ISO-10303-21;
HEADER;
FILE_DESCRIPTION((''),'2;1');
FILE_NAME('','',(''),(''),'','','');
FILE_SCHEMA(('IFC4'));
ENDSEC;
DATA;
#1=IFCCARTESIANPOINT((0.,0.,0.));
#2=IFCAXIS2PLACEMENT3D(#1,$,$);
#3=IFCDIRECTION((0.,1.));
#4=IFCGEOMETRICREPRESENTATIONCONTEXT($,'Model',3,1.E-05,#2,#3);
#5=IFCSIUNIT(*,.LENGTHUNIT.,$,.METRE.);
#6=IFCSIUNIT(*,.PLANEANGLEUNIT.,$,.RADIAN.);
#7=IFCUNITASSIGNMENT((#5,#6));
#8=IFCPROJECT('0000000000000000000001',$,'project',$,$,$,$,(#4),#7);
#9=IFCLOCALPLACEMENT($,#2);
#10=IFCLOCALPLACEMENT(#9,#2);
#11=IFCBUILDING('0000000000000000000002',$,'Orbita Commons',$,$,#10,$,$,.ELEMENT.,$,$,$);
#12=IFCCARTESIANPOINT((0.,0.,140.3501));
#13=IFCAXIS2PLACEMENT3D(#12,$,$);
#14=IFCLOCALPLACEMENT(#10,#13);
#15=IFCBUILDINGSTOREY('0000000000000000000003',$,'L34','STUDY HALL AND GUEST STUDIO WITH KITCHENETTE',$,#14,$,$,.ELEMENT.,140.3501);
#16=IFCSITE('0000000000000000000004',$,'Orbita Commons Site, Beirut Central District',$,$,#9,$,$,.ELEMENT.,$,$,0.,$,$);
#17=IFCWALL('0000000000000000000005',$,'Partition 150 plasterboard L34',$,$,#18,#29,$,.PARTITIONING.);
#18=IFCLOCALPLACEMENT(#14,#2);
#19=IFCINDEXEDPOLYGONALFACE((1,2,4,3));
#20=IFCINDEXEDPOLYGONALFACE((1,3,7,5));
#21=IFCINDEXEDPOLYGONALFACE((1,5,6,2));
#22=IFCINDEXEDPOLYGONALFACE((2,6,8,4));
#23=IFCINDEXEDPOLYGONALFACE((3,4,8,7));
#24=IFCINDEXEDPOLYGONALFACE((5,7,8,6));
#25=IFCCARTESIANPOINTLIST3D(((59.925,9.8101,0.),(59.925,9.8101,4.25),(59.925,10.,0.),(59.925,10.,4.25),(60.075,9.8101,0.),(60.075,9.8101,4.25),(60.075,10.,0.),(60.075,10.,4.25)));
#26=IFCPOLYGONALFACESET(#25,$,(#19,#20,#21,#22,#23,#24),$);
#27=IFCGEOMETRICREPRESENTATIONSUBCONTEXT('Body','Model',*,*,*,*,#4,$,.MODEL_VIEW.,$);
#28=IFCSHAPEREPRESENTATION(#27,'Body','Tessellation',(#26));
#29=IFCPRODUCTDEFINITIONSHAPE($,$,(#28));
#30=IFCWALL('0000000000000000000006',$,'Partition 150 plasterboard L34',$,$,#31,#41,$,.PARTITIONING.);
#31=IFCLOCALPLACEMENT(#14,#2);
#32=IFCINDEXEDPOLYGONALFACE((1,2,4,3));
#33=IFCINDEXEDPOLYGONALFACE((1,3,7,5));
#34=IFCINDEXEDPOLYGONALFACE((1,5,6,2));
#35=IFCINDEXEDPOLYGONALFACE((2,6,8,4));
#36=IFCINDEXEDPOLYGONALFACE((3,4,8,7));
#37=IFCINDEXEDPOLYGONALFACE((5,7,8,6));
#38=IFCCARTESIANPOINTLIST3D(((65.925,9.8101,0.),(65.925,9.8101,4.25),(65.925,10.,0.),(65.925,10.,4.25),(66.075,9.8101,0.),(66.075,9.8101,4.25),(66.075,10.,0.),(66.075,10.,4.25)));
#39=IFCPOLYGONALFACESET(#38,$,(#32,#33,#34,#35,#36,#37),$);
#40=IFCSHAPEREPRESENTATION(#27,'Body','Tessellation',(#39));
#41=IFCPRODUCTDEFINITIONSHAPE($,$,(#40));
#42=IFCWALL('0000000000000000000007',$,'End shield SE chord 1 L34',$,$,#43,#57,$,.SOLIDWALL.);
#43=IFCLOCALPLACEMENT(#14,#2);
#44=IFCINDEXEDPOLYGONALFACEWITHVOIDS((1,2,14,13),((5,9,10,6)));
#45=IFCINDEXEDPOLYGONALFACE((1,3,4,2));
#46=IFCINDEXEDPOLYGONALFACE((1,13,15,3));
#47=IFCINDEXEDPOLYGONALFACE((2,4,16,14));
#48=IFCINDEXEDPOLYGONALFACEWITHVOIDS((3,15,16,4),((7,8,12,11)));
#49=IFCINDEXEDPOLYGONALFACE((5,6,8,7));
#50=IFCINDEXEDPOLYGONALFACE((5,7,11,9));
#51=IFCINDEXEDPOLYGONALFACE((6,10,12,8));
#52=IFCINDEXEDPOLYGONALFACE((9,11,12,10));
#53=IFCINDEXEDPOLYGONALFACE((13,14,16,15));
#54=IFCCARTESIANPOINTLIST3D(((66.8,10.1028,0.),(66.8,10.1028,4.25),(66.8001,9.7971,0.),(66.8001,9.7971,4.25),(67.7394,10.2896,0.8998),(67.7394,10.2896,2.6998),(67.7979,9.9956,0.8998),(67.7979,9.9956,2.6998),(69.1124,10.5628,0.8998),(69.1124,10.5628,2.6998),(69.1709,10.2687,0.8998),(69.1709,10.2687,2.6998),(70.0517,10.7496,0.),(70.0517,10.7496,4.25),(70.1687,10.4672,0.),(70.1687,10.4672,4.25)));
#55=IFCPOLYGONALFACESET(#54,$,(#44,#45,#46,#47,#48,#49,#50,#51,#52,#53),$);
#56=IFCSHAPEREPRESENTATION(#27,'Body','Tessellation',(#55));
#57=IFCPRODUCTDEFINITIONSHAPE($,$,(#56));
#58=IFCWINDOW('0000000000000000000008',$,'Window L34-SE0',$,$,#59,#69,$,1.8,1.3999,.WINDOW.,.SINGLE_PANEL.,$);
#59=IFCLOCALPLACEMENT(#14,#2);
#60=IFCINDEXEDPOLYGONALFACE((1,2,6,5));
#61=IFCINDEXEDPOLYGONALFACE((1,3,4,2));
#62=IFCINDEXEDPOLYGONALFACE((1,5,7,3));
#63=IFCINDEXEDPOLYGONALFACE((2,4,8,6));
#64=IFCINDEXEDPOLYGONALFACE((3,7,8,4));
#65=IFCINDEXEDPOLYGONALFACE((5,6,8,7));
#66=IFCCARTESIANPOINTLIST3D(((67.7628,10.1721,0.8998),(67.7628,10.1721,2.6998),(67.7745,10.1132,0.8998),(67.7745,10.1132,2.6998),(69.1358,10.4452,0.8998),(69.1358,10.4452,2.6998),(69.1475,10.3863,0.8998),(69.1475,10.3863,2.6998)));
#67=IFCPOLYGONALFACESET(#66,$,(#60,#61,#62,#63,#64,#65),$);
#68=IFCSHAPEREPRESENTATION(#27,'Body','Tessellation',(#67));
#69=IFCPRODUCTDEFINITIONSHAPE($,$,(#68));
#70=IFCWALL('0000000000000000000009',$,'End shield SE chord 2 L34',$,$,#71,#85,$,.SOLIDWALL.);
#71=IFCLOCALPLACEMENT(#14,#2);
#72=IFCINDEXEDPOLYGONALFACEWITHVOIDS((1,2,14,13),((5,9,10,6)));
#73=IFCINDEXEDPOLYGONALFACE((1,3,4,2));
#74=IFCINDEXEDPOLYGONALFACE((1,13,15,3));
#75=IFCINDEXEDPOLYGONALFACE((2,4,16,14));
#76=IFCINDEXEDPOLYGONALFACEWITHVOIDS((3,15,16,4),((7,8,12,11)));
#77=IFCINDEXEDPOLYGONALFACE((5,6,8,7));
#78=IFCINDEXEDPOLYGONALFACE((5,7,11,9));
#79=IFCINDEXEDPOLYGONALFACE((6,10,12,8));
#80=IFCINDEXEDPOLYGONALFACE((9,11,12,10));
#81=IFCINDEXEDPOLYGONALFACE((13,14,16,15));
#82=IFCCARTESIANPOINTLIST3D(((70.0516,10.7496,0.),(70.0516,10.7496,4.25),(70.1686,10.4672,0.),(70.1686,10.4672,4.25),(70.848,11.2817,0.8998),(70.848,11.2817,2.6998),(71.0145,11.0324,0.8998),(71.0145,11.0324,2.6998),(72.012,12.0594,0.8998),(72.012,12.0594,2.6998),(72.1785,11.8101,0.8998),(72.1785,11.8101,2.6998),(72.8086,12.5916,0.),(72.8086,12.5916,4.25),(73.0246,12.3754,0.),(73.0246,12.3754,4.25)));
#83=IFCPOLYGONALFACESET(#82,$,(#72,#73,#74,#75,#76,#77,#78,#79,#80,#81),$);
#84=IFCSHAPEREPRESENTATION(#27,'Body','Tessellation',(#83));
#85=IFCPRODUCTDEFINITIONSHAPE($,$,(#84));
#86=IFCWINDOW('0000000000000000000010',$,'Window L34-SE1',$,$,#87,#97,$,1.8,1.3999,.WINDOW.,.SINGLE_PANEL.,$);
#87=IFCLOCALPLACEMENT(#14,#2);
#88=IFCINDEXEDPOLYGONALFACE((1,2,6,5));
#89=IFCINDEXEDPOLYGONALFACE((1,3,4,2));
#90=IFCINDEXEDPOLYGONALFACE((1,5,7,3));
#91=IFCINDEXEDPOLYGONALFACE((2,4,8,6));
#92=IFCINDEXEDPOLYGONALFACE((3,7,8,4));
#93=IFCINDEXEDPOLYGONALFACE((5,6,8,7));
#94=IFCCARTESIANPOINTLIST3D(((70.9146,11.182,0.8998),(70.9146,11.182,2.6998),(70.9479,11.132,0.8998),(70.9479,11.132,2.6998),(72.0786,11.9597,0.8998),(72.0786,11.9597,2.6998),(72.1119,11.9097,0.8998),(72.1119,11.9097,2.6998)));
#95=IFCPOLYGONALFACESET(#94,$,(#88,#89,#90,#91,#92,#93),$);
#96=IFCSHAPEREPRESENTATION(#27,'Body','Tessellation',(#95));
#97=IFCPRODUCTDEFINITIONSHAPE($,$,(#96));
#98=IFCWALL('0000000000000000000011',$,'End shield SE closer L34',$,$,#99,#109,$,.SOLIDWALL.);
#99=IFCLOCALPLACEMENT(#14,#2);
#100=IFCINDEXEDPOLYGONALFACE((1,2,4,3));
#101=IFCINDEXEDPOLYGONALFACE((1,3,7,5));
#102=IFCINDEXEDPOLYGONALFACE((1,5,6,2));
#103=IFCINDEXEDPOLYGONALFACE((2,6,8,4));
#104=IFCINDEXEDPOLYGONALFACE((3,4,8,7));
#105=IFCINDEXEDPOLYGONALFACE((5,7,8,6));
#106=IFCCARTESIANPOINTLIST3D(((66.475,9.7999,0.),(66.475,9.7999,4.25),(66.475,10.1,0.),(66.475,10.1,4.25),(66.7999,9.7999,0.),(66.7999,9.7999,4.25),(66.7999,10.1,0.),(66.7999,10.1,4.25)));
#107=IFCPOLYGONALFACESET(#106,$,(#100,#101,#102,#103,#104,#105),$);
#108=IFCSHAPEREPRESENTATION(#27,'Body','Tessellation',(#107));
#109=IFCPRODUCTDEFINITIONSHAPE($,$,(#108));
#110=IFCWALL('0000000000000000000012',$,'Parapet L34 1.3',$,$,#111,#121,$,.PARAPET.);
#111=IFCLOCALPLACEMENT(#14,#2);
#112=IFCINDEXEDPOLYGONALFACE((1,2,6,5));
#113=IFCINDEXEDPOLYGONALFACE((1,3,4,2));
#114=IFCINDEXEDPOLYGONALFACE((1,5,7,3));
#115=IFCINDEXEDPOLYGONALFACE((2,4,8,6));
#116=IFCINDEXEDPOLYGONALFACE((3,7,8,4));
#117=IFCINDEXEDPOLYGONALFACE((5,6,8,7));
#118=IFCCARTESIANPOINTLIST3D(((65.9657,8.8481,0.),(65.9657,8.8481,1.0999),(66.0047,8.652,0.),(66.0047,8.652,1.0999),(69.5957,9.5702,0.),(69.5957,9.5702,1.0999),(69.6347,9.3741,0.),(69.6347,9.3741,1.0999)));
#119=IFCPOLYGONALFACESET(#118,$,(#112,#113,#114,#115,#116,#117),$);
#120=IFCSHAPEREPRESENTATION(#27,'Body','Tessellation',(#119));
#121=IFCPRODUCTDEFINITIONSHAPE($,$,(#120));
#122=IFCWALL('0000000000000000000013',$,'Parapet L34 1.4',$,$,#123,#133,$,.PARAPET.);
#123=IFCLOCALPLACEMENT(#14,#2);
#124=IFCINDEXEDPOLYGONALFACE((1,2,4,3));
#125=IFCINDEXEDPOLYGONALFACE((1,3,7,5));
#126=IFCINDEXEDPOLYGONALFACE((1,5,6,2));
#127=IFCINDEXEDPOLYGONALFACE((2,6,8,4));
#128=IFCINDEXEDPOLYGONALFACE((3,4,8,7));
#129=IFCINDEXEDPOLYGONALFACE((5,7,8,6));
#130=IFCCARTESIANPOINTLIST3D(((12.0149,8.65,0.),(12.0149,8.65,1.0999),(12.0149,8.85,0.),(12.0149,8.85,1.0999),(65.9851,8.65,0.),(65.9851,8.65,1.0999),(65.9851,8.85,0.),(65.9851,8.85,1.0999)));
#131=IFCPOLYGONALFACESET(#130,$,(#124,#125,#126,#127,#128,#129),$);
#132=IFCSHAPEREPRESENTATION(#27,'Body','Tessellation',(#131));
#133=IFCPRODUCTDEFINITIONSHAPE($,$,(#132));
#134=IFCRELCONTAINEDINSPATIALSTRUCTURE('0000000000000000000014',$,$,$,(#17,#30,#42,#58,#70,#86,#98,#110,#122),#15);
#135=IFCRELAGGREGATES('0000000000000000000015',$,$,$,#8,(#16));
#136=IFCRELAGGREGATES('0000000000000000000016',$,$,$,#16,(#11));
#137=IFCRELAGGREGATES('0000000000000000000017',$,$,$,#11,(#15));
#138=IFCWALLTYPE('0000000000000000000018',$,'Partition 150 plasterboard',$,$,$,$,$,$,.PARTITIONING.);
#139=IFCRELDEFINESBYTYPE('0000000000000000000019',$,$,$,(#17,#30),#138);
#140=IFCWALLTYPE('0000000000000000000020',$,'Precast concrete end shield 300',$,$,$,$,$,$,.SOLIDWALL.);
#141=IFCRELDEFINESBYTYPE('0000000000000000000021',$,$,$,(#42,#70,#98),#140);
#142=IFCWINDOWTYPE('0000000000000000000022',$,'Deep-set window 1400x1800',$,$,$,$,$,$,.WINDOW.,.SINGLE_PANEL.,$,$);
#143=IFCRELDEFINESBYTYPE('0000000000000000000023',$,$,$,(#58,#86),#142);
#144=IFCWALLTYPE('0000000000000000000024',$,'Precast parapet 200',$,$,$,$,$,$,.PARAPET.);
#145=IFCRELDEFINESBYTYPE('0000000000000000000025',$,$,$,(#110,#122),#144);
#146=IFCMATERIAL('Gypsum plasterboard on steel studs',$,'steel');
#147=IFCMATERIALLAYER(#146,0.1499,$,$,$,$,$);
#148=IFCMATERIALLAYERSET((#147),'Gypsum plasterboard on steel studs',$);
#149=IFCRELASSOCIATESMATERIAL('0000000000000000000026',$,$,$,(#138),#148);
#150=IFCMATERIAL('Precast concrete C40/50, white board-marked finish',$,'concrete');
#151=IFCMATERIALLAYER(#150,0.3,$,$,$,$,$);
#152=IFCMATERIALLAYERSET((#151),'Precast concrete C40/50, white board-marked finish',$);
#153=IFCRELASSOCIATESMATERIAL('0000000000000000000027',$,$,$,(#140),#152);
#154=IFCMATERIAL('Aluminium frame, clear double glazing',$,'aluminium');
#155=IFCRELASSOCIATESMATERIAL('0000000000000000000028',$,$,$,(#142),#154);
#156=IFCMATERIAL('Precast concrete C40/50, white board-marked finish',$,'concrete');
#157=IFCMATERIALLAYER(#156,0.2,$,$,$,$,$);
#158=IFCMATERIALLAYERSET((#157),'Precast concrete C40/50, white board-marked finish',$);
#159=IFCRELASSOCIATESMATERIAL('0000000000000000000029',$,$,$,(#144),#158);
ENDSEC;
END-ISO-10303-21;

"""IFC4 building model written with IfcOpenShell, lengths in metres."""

from ifc_helpers import new_model, si_unit, direction, frame, frame_2d, origin, place, context, subcontext, project, spatial, polyline, rectangle, outline, extrude, material, layer, layer_set, type_object, element, fill, save


model = new_model("IFC4")

# Units and contexts
model_context = context("Model", 3, precision=1e-05, world=origin(), true_north=direction((0.0, 1.0)))
body_context = subcontext(model_context, "Body", "Model", "MODEL_VIEW")
ifc_project = project(units=[si_unit("LENGTHUNIT", "METRE"), si_unit("PLANEANGLEUNIT", "RADIAN")], contexts=[model_context])

# Site, building, storey
site_placement = place(None, origin())
site = spatial("IfcSite", under=ifc_project, at=site_placement, Name="Orbita Commons Site, Beirut Central District", CompositionType="ELEMENT", RefElevation=0.0)
building_placement = place(site_placement, origin())
building = spatial("IfcBuilding", under=site, at=building_placement, Name="Orbita Commons", CompositionType="ELEMENT")
storey_placement = place(building_placement, frame((0.0, 0.0, 140.3501)))
storey = spatial("IfcBuildingStorey", under=building, at=storey_placement, Name="L34", Description="STUDY HALL AND GUEST STUDIO WITH KITCHENETTE", CompositionType="ELEMENT", Elevation=140.3501)

# Walls
ifc_material_1 = material(Name="Gypsum plasterboard on steel studs", Category="steel")
ifc_layer_1 = layer(ifc_material_1, 0.1499)
ifc_layer_set_1 = layer_set([ifc_layer_1], Name="Gypsum plasterboard on steel studs")
wall_type_1 = type_object("IfcWallType", Name="Partition 150 plasterboard", PredefinedType="PARTITIONING", material=ifc_layer_set_1)
for number, where, z_axis, x_axis, name in (
    (1, (60.0, 10.0, 0.0), (0.0, 0.0, 1.0), (0.0, -1.0, 0.0), "Partition 150 plasterboard L34"),
    (2, (66.0, 10.0, 0.0), (0.0, 0.0, 1.0), (0.0, -1.0, 0.0), "Partition 150 plasterboard L34"),
):
    element("IfcWall", number, at=place(storey_placement, frame(where, z_axis=z_axis, x_axis=x_axis)), inside=storey, type_object=wall_type_1, Name=name, PredefinedType="PARTITIONING", context=body_context, shape_type="SweptSolid", body=[
        extrude(rectangle(XDim=0.1899, YDim=0.1499, at=frame_2d((0.095, 0.0))), origin(), (0.0, 0.0, 1.0), 4.25),
    ])

# Walls, openings, windows
ifc_material_2 = material(Name="Precast concrete C40/50, white board-marked finish", Category="concrete")
ifc_layer_2 = layer(ifc_material_2, 0.3)
ifc_layer_set_2 = layer_set([ifc_layer_2], Name="Precast concrete C40/50, white board-marked finish")
wall_type_2 = type_object("IfcWallType", Name="Precast concrete end shield 300", PredefinedType="SOLIDWALL", material=ifc_layer_set_2)
wall_1_placement = place(storey_placement, frame((66.8, 9.95, 0.0), z_axis=(0.0, 0.0, 1.0), x_axis=(0.980783, 0.1951, 0.0)))
wall_1 = element("IfcWall", 3, at=wall_1_placement, inside=storey, type_object=wall_type_2, Name="End shield SE chord 1 L34", PredefinedType="SOLIDWALL", context=body_context, shape_type="SweptSolid", body=[
    extrude(outline(polyline([(-0.0298, -0.1499), (3.4048, -0.1499), (3.3452, 0.1499), (0.0298, 0.1499), (-0.0298, -0.1499)])), origin(), (0.0, 0.0, 1.0), 4.25),
])
opening_1_placement = place(wall_1_placement, frame((0.9875, 0.0, 0.8999)))
opening_1 = element("IfcOpeningElement", 4, at=opening_1_placement, cuts=wall_1, PredefinedType="OPENING", context=body_context, shape_type="SweptSolid", body=[
    extrude(rectangle(XDim=1.3999, YDim=1.8, at=frame_2d((0.7, 0.8999))), frame((0.0, 0.1599, 0.0), z_axis=(0.0, -1.0, 0.0), x_axis=(1.0, 0.0, 0.0)), (0.0, 0.0, 1.0), 0.3201),
])
ifc_material_3 = material(Name="Aluminium frame, clear double glazing", Category="aluminium")
window_type = type_object("IfcWindowType", Name="Deep-set window 1400x1800", PartitioningType="SINGLE_PANEL", PredefinedType="WINDOW", material=ifc_material_3)
window_1_placement = place(opening_1_placement, origin())
window_1 = element("IfcWindow", 5, at=window_1_placement, inside=storey, type_object=window_type, Name="Window L34-SE0", OverallHeight=1.8, OverallWidth=1.3999, PartitioningType="SINGLE_PANEL", PredefinedType="WINDOW", context=body_context, shape_type="SweptSolid", body=[
    extrude(rectangle(XDim=1.3999, YDim=1.8, at=frame_2d((0.7, 0.8999))), frame((0.0, 0.03, 0.0), z_axis=(0.0, -1.0, 0.0), x_axis=(1.0, 0.0, 0.0)), (0.0, 0.0, 1.0), 0.0601),
])
fill(opening_1, window_1)
wall_2_placement = place(storey_placement, frame((70.1101, 10.6084, 0.0), z_axis=(0.0, 0.0, 1.0), x_axis=(0.831493, 0.555535, 0.0)))
wall_2 = element("IfcWall", 6, at=wall_2_placement, inside=storey, type_object=wall_type_2, Name="End shield SE chord 2 L34", PredefinedType="SOLIDWALL", context=body_context, shape_type="SweptSolid", body=[
    extrude(outline(polyline([(-0.0298, -0.1499), (3.405, -0.1499), (3.3455, 0.1499), (0.0298, 0.1499), (-0.0298, -0.1499)])), origin(), (0.0, 0.0, 1.0), 4.25),
])
opening_2_placement = place(wall_2_placement, frame((0.9875, 0.0, 0.8999)))
opening_2 = element("IfcOpeningElement", 7, at=opening_2_placement, cuts=wall_2, PredefinedType="OPENING", context=body_context, shape_type="SweptSolid", body=[
    extrude(rectangle(XDim=1.3999, YDim=1.8, at=frame_2d((0.7, 0.8999))), frame((0.0, 0.1599, 0.0), z_axis=(0.0, -1.0, 0.0), x_axis=(1.0, 0.0, 0.0)), (0.0, 0.0, 1.0), 0.3201),
])
window_2_placement = place(opening_2_placement, origin())
window_2 = element("IfcWindow", 8, at=window_2_placement, inside=storey, type_object=window_type, Name="Window L34-SE1", OverallHeight=1.8, OverallWidth=1.3999, PartitioningType="SINGLE_PANEL", PredefinedType="WINDOW", context=body_context, shape_type="SweptSolid", body=[
    extrude(rectangle(XDim=1.3999, YDim=1.8, at=frame_2d((0.7, 0.8999))), frame((0.0, 0.03, 0.0), z_axis=(0.0, -1.0, 0.0), x_axis=(1.0, 0.0, 0.0)), (0.0, 0.0, 1.0), 0.0601),
])
fill(opening_2, window_2)

# Walls
wall_3_placement = place(storey_placement, frame((66.8, 9.95, 0.0), z_axis=(0.0, 0.0, 1.0), x_axis=(-1.0, 0.0, 0.0)))
element("IfcWall", 9, at=wall_3_placement, inside=storey, type_object=wall_type_2, Name="End shield SE closer L34", PredefinedType="SOLIDWALL", context=body_context, shape_type="SweptSolid", body=[
    extrude(rectangle(XDim=0.325, YDim=0.3, at=frame_2d((0.1626, 0.0))), origin(), (0.0, 0.0, 1.0), 4.25),
])
ifc_material_4 = material(Name="Precast concrete C40/50, white board-marked finish", Category="concrete")
ifc_layer_3 = layer(ifc_material_4, 0.2)
ifc_layer_set_3 = layer_set([ifc_layer_3], Name="Precast concrete C40/50, white board-marked finish")
wall_type_3 = type_object("IfcWallType", Name="Precast parapet 200", PredefinedType="PARAPET", material=ifc_layer_set_3)
wall_4_placement = place(storey_placement, frame((69.6152, 9.4722, 0.0), z_axis=(0.0, 0.0, 1.0), x_axis=(-0.980781, -0.195114, 0.0)))
element("IfcWall", 10, at=wall_4_placement, inside=storey, type_object=wall_type_3, Name="Parapet L34 1.3", PredefinedType="PARAPET", context=body_context, shape_type="SweptSolid", body=[
    extrude(rectangle(XDim=3.7012, YDim=0.2, at=frame_2d((1.8506, 0.0))), origin(), (0.0, 0.0, 1.0), 1.0999),
])
wall_5_placement = place(storey_placement, frame((65.9851, 8.75, 0.0), z_axis=(0.0, 0.0, 1.0), x_axis=(-1.0, 0.0, 0.0)))
element("IfcWall", 11, at=wall_5_placement, inside=storey, type_object=wall_type_3, Name="Parapet L34 1.4", PredefinedType="PARAPET", context=body_context, shape_type="SweptSolid", body=[
    extrude(rectangle(XDim=53.9702, YDim=0.2, at=frame_2d((26.9851, 0.0))), origin(), (0.0, 0.0, 1.0), 1.0999),
])

save(model, "model.ifc")
